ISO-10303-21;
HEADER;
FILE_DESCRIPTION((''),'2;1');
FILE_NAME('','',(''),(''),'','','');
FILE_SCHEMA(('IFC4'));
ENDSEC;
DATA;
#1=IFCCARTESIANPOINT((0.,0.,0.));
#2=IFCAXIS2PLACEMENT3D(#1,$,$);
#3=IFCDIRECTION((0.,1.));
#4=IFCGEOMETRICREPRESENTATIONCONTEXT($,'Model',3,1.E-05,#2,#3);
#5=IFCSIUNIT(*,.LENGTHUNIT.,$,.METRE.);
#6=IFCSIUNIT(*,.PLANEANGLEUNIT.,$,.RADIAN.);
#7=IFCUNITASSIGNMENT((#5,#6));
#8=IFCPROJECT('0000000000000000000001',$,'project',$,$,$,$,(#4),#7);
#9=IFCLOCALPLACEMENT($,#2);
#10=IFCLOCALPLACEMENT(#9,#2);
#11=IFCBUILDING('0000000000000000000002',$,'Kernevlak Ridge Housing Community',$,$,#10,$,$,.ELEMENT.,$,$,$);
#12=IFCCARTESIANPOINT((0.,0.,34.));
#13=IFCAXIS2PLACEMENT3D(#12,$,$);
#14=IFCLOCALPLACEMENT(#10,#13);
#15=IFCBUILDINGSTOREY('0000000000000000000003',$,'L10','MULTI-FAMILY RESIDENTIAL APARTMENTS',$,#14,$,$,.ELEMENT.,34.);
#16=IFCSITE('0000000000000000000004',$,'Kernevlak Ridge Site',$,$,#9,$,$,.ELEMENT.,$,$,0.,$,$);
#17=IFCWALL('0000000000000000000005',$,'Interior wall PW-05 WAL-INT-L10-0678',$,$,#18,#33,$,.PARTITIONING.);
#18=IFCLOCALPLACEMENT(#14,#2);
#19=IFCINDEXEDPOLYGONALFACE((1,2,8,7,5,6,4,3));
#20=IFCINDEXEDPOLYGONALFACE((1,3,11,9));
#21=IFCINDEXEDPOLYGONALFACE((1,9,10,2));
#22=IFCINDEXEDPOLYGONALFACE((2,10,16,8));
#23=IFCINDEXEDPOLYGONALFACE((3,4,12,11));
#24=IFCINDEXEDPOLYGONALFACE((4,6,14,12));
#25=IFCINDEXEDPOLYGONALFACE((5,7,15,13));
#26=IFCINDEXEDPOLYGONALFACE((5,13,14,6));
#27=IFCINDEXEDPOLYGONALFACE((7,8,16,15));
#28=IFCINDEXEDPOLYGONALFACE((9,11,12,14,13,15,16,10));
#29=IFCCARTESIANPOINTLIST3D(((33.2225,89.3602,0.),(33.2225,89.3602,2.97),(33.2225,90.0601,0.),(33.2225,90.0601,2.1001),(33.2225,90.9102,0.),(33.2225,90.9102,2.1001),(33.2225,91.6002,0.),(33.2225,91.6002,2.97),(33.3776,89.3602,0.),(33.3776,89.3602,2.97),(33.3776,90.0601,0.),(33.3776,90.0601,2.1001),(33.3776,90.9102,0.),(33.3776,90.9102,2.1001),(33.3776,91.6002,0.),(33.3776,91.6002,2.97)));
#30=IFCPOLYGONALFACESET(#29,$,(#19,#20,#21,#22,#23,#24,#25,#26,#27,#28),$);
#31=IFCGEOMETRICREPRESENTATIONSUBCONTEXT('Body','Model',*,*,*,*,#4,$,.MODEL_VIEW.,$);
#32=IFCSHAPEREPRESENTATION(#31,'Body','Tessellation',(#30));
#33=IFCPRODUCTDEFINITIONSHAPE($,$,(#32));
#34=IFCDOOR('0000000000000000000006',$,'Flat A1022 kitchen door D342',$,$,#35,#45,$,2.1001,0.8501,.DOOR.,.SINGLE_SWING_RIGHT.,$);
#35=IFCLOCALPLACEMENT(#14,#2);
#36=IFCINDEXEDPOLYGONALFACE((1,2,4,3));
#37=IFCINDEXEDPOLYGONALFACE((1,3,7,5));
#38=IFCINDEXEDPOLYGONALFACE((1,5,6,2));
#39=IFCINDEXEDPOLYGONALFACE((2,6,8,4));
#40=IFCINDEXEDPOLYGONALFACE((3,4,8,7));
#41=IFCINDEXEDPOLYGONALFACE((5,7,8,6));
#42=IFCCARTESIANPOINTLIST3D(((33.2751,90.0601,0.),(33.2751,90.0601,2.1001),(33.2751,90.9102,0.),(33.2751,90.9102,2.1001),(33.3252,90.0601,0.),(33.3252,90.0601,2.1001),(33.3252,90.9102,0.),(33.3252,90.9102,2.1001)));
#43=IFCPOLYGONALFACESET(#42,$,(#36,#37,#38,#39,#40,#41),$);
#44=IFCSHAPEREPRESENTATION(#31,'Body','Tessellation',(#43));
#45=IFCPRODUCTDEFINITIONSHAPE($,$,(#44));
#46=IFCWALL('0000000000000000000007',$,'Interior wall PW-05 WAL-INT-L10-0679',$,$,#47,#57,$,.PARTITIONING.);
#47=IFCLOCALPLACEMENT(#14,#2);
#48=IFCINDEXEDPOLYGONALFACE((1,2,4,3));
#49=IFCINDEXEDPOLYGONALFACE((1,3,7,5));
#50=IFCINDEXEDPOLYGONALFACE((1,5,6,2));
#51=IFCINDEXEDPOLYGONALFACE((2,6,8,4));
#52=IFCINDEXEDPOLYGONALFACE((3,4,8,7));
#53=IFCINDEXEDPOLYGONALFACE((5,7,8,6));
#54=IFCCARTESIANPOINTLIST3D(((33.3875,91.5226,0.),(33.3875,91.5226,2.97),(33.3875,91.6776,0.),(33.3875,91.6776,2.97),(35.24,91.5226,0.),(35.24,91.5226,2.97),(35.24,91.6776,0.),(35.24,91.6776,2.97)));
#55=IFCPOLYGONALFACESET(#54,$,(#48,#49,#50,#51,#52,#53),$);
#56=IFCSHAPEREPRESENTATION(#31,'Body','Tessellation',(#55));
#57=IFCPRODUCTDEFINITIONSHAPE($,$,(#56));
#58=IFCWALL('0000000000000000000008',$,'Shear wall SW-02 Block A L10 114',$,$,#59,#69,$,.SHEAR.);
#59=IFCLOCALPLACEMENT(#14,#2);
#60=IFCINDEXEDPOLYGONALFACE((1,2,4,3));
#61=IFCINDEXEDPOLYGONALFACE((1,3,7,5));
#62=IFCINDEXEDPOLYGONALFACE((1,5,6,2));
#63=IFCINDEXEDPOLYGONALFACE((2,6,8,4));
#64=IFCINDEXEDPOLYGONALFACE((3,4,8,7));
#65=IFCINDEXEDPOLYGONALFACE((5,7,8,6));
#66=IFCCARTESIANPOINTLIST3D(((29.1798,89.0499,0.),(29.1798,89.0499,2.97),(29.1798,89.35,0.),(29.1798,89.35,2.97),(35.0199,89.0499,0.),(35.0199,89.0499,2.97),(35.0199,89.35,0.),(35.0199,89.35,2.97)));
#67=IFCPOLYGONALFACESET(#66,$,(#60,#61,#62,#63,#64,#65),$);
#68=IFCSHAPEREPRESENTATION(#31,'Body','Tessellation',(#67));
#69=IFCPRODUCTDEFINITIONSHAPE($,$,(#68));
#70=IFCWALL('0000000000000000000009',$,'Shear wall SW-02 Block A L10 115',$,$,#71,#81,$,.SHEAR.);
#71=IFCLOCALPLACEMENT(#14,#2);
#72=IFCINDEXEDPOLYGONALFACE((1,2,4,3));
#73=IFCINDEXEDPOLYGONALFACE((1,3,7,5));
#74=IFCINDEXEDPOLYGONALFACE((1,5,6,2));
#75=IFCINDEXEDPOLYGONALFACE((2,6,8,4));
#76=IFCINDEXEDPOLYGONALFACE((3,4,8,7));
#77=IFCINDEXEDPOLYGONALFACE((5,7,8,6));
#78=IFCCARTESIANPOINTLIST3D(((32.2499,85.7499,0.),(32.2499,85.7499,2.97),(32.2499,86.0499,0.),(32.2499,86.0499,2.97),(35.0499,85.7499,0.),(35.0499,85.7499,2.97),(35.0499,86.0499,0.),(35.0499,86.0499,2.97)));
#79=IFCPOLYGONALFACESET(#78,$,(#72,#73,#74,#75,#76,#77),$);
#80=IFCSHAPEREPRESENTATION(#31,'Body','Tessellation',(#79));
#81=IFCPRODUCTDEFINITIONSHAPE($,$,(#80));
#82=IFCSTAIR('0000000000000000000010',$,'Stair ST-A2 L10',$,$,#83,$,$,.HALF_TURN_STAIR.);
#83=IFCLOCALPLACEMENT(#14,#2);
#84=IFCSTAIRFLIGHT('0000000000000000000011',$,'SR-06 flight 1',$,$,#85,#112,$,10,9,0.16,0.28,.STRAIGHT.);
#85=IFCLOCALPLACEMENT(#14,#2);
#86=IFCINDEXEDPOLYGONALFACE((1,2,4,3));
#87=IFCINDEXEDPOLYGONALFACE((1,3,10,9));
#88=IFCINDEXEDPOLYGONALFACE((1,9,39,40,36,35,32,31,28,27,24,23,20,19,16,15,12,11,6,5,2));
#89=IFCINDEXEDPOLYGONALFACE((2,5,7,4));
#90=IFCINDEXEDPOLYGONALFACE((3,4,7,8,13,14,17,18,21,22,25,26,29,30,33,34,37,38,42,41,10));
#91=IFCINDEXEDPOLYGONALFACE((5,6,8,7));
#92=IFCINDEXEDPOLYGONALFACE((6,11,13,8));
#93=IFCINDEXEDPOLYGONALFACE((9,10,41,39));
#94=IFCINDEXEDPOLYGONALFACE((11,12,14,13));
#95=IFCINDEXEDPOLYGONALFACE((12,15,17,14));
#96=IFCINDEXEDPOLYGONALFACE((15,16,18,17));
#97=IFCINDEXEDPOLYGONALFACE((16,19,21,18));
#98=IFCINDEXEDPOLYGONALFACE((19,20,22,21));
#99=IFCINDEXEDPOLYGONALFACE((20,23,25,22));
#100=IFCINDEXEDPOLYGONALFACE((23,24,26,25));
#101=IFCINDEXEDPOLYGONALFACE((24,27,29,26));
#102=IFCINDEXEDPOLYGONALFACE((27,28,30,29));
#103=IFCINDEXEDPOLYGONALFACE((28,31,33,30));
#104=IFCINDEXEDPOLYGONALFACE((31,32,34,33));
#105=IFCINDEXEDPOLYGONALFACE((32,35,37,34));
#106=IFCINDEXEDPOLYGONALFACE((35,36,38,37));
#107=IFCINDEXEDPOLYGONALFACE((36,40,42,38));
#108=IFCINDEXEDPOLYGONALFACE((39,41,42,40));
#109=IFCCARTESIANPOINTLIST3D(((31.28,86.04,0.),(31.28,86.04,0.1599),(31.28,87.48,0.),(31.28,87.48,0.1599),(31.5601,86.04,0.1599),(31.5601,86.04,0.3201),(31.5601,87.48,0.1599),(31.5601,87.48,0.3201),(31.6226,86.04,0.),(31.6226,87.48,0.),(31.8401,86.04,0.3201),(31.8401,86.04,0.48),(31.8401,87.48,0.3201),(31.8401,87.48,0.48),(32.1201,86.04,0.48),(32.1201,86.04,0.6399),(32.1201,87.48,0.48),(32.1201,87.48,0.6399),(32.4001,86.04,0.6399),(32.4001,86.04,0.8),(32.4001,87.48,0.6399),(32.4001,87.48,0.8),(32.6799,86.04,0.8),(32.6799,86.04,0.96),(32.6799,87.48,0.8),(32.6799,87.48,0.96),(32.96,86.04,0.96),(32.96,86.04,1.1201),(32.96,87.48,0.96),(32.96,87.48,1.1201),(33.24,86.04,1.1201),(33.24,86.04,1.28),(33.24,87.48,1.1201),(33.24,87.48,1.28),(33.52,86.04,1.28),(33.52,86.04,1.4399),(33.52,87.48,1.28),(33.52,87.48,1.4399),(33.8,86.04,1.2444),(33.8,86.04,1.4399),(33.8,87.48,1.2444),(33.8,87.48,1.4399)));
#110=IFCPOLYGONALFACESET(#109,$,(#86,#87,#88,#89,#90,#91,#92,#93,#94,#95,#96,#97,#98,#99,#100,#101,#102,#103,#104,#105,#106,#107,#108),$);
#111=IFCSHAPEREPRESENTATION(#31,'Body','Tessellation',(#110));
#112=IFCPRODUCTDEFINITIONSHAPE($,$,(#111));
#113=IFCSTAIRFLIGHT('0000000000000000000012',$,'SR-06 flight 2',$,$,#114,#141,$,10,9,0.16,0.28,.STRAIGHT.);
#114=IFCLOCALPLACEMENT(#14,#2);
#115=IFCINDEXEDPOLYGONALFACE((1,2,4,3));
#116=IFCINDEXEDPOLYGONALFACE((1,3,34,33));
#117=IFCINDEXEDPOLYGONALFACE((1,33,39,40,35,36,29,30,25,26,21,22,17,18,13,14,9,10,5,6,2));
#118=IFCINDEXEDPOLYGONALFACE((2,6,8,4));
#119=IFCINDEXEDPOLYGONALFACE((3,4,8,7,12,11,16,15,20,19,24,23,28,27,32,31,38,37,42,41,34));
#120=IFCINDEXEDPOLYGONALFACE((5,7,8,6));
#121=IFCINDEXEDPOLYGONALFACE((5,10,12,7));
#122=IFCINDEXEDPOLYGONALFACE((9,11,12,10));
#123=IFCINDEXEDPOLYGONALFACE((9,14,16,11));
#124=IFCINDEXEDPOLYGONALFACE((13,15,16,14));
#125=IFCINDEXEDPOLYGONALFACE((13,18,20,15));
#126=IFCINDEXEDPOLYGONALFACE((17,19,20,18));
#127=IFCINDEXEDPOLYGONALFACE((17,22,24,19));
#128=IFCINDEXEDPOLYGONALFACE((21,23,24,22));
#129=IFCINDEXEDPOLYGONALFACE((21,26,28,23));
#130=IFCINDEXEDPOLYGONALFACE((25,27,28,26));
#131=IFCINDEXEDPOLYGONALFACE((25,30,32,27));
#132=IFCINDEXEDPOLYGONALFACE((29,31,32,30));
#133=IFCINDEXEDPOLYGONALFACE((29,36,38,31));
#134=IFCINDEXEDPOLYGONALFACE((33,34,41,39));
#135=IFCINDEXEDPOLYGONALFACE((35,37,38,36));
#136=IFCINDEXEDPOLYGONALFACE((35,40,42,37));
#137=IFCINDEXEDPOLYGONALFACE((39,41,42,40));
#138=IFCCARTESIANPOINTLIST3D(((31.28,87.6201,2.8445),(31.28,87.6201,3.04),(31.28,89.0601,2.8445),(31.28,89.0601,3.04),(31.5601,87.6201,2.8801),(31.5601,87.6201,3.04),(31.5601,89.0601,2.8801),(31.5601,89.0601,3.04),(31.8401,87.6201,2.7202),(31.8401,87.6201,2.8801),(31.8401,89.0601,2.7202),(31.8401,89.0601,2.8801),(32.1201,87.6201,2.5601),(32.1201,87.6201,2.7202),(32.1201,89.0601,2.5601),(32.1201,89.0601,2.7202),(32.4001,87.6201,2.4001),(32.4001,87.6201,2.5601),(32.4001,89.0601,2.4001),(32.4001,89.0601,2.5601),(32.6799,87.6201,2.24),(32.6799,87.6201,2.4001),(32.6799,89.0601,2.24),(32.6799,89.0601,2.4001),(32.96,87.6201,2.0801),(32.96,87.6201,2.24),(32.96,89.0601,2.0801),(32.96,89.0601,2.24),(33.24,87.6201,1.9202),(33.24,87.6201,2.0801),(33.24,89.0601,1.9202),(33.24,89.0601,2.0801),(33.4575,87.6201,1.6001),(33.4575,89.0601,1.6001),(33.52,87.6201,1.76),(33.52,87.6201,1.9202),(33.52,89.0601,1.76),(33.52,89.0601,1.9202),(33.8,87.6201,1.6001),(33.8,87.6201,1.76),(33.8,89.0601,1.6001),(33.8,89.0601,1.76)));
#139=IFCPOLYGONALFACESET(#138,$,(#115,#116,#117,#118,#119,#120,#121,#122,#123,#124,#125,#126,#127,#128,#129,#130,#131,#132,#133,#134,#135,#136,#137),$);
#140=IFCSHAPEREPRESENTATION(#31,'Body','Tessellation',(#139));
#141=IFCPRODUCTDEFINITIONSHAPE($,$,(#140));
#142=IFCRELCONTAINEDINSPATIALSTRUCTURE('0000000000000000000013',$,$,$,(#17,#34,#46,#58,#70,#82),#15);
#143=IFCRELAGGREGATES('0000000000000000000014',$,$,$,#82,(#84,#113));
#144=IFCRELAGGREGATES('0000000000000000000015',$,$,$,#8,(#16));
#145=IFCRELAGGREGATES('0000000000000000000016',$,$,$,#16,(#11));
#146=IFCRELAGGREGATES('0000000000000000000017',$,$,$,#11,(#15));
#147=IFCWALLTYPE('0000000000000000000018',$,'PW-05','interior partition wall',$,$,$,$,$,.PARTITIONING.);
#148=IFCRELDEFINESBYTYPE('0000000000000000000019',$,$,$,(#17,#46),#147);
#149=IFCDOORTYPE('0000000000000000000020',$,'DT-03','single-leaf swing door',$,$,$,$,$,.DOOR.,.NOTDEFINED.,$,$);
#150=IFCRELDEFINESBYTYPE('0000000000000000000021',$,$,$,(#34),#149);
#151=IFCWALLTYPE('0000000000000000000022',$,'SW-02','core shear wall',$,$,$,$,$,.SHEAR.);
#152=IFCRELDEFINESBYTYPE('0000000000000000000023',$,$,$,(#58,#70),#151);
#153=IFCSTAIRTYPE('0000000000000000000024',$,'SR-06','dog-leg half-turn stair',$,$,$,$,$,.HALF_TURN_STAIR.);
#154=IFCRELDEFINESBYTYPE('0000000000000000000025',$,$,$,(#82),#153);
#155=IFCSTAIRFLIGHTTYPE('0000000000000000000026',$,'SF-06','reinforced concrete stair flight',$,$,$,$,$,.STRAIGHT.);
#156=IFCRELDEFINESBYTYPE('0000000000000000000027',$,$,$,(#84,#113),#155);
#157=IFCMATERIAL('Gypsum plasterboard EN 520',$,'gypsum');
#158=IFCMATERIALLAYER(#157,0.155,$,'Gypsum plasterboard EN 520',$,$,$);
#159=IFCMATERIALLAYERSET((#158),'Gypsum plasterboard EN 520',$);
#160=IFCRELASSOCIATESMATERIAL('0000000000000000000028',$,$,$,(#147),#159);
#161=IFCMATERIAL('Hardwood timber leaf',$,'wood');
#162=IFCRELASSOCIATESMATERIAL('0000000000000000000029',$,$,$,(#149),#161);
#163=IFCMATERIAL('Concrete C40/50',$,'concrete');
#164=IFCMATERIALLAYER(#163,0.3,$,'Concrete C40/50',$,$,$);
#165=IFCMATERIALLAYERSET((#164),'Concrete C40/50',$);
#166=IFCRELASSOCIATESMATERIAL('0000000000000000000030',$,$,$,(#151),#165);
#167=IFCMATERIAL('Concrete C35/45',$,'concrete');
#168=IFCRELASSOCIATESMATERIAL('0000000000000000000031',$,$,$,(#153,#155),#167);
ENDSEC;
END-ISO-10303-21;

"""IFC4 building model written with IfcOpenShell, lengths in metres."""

from ifc_helpers import new_model, si_unit, direction, frame, frame_2d, origin, place, context, subcontext, project, spatial, polyline, rectangle, outline, extrude, material, layer, layer_set, type_object, element, fill, aggregate, save


model = new_model("IFC4")

# Units and contexts
model_context = context("Model", 3, precision=1e-05, world=origin(), true_north=direction((0.0, 1.0)))
body_context = subcontext(model_context, "Body", "Model", "MODEL_VIEW")
ifc_project = project(units=[si_unit("LENGTHUNIT", "METRE"), si_unit("PLANEANGLEUNIT", "RADIAN")], contexts=[model_context])

# Site, building, storey
site_placement = place(None, origin())
site = spatial("IfcSite", under=ifc_project, at=site_placement, Name="Kernevlak Ridge Site", CompositionType="ELEMENT", RefElevation=0.0)
building_placement = place(site_placement, origin())
building = spatial("IfcBuilding", under=site, at=building_placement, Name="Kernevlak Ridge Housing Community", CompositionType="ELEMENT")
storey_placement = place(building_placement, frame((0.0, 0.0, 34.0)))
storey = spatial("IfcBuildingStorey", under=building, at=storey_placement, Name="L10", Description="MULTI-FAMILY RESIDENTIAL APARTMENTS", CompositionType="ELEMENT", Elevation=34.0)

# Shared definitions
ifc_material_1 = material(Name="Concrete C35/45", Category="concrete")

# Wall, opening, door
ifc_material_2 = material(Name="Gypsum plasterboard EN 520", Category="gypsum")
ifc_layer_1 = layer(ifc_material_2, 0.155, Name="Gypsum plasterboard EN 520")
ifc_layer_set_1 = layer_set([ifc_layer_1], Name="Gypsum plasterboard EN 520")
wall_type_1 = type_object("IfcWallType", Name="PW-05", Description="interior partition wall", PredefinedType="PARTITIONING", material=ifc_layer_set_1)
wall_1_placement = place(storey_placement, frame((33.3, 89.3601, 0.0), z_axis=(0.0, 0.0, 1.0), x_axis=(0.0, 1.0, 0.0)))
wall_1 = element("IfcWall", 1, at=wall_1_placement, inside=storey, type_object=wall_type_1, Name="Interior wall PW-05 WAL-INT-L10-0678", PredefinedType="PARTITIONING", context=body_context, shape_type="SweptSolid", body=[
    extrude(rectangle(XDim=2.24, YDim=0.155, at=frame_2d((1.1201, 0.0))), origin(), (0.0, 0.0, 1.0), 2.97),
])
opening_1_placement = place(wall_1_placement, frame((0.7, 0.0, 0.0)))
opening_1 = element("IfcOpeningElement", 2, at=opening_1_placement, cuts=wall_1, PredefinedType="OPENING", context=body_context, shape_type="SweptSolid", body=[
    extrude(rectangle(XDim=0.8501, YDim=2.1001, at=frame_2d((0.425, 1.05))), frame((0.0, 0.0874, 0.0), z_axis=(0.0, -1.0, 0.0), x_axis=(1.0, 0.0, 0.0)), (0.0, 0.0, 1.0), 0.175),
])
ifc_material_3 = material(Name="Hardwood timber leaf", Category="wood")
door_type_1 = type_object("IfcDoorType", Name="DT-03", Description="single-leaf swing door", OperationType="NOTDEFINED", PredefinedType="DOOR", material=ifc_material_3)
door_1_placement = place(opening_1_placement, origin())
door_1 = element("IfcDoor", 3, at=door_1_placement, inside=storey, type_object=door_type_1, Name="Flat A1022 kitchen door D342", OperationType="SINGLE_SWING_RIGHT", OverallHeight=2.1001, OverallWidth=0.8501, PredefinedType="DOOR", context=body_context, shape_type="SweptSolid", body=[
    extrude(rectangle(XDim=0.8501, YDim=2.1001, at=frame_2d((0.425, 1.05))), frame((0.0, 0.0249, 0.0), z_axis=(0.0, -1.0, 0.0), x_axis=(1.0, 0.0, 0.0)), (0.0, 0.0, 1.0), 0.05),
])
fill(opening_1, door_1)

# Walls
wall_2_placement = place(storey_placement, frame((33.3875, 91.6001, 0.0), z_axis=(0.0, 0.0, 1.0), x_axis=(1.0, 0.0, 0.0)))
element("IfcWall", 4, at=wall_2_placement, inside=storey, type_object=wall_type_1, Name="Interior wall PW-05 WAL-INT-L10-0679", PredefinedType="PARTITIONING", context=body_context, shape_type="SweptSolid", body=[
    extrude(rectangle(XDim=1.8525, YDim=0.155, at=frame_2d((0.9263, 0.0))), origin(), (0.0, 0.0, 1.0), 2.97),
])
ifc_material_4 = material(Name="Concrete C40/50", Category="concrete")
ifc_layer_2 = layer(ifc_material_4, 0.3, Name="Concrete C40/50")
ifc_layer_set_2 = layer_set([ifc_layer_2], Name="Concrete C40/50")
wall_type_2 = type_object("IfcWallType", Name="SW-02", Description="core shear wall", PredefinedType="SHEAR", material=ifc_layer_set_2)
wall_3_placement = place(storey_placement, frame((29.1799, 89.2, 0.0), z_axis=(0.0, 0.0, 1.0), x_axis=(1.0, 0.0, 0.0)))
element("IfcWall", 5, at=wall_3_placement, inside=storey, type_object=wall_type_2, Name="Shear wall SW-02 Block A L10 114", PredefinedType="SHEAR", context=body_context, shape_type="SweptSolid", body=[
    extrude(rectangle(XDim=5.8401, YDim=0.3, at=frame_2d((2.9199, 0.0))), origin(), (0.0, 0.0, 1.0), 2.97),
])
wall_4_placement = place(storey_placement, frame((32.25, 85.8999, 0.0), z_axis=(0.0, 0.0, 1.0), x_axis=(1.0, 0.0, 0.0)))
element("IfcWall", 6, at=wall_4_placement, inside=storey, type_object=wall_type_2, Name="Shear wall SW-02 Block A L10 115", PredefinedType="SHEAR", context=body_context, shape_type="SweptSolid", body=[
    extrude(rectangle(XDim=2.8, YDim=0.3, at=frame_2d((1.3999, 0.0))), origin(), (0.0, 0.0, 1.0), 2.97),
])

# Stair, stair flights
stair_type = type_object("IfcStairType", Name="SR-06", Description="dog-leg half-turn stair", PredefinedType="HALF_TURN_STAIR", material=ifc_material_1)
stair_placement = place(storey_placement, origin())
stair = element("IfcStair", 7, at=stair_placement, inside=storey, type_object=stair_type, Name="Stair ST-A2 L10", PredefinedType="HALF_TURN_STAIR")
stair_flight_type = type_object("IfcStairFlightType", Name="SF-06", Description="reinforced concrete stair flight", PredefinedType="STRAIGHT", material=ifc_material_1)
stair_flight_1_placement = place(storey_placement, frame((31.28, 86.76, 0.0), z_axis=(0.0, 0.0, 1.0), x_axis=(1.0, 0.0, 0.0)))
stair_flight_1 = element("IfcStairFlight", 8, at=stair_flight_1_placement, type_object=stair_flight_type, Name="SR-06 flight 1", NumberOfRisers=10, NumberOfTreads=9, PredefinedType="STRAIGHT", RiserHeight=0.16, TreadLength=0.28, context=body_context, shape_type="SweptSolid", body=[
    extrude(outline(polyline([(0.0, 0.0), (0.0, 0.1599), (0.28, 0.1599), (0.28, 0.3201), (0.5601, 0.3201), (0.5601, 0.48), (0.8401, 0.48), (0.8401, 0.6399), (1.1201, 0.6399), (1.1201, 0.8), (1.3999, 0.8), (1.3999, 0.96), (1.6799, 0.96), (1.6799, 1.1201), (1.96, 1.1201), (1.96, 1.28), (2.24, 1.28), (2.24, 1.4399), (2.52, 1.4399), (2.52, 1.6001), (2.52, 1.2444), (0.3425, 0.0), (0.0, 0.0)])), frame((0.0, 0.72, 0.0), z_axis=(0.0, -1.0, 0.0), x_axis=(1.0, 0.0, 0.0)), (0.0, 0.0, 1.0), 1.4399),
])
stair_flight_2_placement = place(storey_placement, frame((33.8, 88.3401, 1.6001), z_axis=(0.0, 0.0, 1.0), x_axis=(-1.0, 0.0, 0.0)))
stair_flight_2 = element("IfcStairFlight", 9, at=stair_flight_2_placement, type_object=stair_flight_type, Name="SR-06 flight 2", NumberOfRisers=10, NumberOfTreads=9, PredefinedType="STRAIGHT", RiserHeight=0.16, TreadLength=0.28, context=body_context, shape_type="SweptSolid", body=[
    extrude(outline(polyline([(0.0, 0.0), (0.0, 0.1599), (0.28, 0.1599), (0.28, 0.3201), (0.5601, 0.3201), (0.5601, 0.48), (0.8401, 0.48), (0.8401, 0.6399), (1.1201, 0.6399), (1.1201, 0.8), (1.3999, 0.8), (1.3999, 0.96), (1.6799, 0.96), (1.6799, 1.1201), (1.96, 1.1201), (1.96, 1.28), (2.24, 1.28), (2.24, 1.4399), (2.52, 1.4399), (2.52, 1.6001), (2.52, 1.2444), (0.3425, 0.0), (0.0, 0.0)])), frame((0.0, 0.72, 0.0), z_axis=(0.0, -1.0, 0.0), x_axis=(1.0, 0.0, 0.0)), (0.0, 0.0, 1.0), 1.4399),
])
aggregate(stair, [stair_flight_1, stair_flight_2])

save(model, "model.ifc")
